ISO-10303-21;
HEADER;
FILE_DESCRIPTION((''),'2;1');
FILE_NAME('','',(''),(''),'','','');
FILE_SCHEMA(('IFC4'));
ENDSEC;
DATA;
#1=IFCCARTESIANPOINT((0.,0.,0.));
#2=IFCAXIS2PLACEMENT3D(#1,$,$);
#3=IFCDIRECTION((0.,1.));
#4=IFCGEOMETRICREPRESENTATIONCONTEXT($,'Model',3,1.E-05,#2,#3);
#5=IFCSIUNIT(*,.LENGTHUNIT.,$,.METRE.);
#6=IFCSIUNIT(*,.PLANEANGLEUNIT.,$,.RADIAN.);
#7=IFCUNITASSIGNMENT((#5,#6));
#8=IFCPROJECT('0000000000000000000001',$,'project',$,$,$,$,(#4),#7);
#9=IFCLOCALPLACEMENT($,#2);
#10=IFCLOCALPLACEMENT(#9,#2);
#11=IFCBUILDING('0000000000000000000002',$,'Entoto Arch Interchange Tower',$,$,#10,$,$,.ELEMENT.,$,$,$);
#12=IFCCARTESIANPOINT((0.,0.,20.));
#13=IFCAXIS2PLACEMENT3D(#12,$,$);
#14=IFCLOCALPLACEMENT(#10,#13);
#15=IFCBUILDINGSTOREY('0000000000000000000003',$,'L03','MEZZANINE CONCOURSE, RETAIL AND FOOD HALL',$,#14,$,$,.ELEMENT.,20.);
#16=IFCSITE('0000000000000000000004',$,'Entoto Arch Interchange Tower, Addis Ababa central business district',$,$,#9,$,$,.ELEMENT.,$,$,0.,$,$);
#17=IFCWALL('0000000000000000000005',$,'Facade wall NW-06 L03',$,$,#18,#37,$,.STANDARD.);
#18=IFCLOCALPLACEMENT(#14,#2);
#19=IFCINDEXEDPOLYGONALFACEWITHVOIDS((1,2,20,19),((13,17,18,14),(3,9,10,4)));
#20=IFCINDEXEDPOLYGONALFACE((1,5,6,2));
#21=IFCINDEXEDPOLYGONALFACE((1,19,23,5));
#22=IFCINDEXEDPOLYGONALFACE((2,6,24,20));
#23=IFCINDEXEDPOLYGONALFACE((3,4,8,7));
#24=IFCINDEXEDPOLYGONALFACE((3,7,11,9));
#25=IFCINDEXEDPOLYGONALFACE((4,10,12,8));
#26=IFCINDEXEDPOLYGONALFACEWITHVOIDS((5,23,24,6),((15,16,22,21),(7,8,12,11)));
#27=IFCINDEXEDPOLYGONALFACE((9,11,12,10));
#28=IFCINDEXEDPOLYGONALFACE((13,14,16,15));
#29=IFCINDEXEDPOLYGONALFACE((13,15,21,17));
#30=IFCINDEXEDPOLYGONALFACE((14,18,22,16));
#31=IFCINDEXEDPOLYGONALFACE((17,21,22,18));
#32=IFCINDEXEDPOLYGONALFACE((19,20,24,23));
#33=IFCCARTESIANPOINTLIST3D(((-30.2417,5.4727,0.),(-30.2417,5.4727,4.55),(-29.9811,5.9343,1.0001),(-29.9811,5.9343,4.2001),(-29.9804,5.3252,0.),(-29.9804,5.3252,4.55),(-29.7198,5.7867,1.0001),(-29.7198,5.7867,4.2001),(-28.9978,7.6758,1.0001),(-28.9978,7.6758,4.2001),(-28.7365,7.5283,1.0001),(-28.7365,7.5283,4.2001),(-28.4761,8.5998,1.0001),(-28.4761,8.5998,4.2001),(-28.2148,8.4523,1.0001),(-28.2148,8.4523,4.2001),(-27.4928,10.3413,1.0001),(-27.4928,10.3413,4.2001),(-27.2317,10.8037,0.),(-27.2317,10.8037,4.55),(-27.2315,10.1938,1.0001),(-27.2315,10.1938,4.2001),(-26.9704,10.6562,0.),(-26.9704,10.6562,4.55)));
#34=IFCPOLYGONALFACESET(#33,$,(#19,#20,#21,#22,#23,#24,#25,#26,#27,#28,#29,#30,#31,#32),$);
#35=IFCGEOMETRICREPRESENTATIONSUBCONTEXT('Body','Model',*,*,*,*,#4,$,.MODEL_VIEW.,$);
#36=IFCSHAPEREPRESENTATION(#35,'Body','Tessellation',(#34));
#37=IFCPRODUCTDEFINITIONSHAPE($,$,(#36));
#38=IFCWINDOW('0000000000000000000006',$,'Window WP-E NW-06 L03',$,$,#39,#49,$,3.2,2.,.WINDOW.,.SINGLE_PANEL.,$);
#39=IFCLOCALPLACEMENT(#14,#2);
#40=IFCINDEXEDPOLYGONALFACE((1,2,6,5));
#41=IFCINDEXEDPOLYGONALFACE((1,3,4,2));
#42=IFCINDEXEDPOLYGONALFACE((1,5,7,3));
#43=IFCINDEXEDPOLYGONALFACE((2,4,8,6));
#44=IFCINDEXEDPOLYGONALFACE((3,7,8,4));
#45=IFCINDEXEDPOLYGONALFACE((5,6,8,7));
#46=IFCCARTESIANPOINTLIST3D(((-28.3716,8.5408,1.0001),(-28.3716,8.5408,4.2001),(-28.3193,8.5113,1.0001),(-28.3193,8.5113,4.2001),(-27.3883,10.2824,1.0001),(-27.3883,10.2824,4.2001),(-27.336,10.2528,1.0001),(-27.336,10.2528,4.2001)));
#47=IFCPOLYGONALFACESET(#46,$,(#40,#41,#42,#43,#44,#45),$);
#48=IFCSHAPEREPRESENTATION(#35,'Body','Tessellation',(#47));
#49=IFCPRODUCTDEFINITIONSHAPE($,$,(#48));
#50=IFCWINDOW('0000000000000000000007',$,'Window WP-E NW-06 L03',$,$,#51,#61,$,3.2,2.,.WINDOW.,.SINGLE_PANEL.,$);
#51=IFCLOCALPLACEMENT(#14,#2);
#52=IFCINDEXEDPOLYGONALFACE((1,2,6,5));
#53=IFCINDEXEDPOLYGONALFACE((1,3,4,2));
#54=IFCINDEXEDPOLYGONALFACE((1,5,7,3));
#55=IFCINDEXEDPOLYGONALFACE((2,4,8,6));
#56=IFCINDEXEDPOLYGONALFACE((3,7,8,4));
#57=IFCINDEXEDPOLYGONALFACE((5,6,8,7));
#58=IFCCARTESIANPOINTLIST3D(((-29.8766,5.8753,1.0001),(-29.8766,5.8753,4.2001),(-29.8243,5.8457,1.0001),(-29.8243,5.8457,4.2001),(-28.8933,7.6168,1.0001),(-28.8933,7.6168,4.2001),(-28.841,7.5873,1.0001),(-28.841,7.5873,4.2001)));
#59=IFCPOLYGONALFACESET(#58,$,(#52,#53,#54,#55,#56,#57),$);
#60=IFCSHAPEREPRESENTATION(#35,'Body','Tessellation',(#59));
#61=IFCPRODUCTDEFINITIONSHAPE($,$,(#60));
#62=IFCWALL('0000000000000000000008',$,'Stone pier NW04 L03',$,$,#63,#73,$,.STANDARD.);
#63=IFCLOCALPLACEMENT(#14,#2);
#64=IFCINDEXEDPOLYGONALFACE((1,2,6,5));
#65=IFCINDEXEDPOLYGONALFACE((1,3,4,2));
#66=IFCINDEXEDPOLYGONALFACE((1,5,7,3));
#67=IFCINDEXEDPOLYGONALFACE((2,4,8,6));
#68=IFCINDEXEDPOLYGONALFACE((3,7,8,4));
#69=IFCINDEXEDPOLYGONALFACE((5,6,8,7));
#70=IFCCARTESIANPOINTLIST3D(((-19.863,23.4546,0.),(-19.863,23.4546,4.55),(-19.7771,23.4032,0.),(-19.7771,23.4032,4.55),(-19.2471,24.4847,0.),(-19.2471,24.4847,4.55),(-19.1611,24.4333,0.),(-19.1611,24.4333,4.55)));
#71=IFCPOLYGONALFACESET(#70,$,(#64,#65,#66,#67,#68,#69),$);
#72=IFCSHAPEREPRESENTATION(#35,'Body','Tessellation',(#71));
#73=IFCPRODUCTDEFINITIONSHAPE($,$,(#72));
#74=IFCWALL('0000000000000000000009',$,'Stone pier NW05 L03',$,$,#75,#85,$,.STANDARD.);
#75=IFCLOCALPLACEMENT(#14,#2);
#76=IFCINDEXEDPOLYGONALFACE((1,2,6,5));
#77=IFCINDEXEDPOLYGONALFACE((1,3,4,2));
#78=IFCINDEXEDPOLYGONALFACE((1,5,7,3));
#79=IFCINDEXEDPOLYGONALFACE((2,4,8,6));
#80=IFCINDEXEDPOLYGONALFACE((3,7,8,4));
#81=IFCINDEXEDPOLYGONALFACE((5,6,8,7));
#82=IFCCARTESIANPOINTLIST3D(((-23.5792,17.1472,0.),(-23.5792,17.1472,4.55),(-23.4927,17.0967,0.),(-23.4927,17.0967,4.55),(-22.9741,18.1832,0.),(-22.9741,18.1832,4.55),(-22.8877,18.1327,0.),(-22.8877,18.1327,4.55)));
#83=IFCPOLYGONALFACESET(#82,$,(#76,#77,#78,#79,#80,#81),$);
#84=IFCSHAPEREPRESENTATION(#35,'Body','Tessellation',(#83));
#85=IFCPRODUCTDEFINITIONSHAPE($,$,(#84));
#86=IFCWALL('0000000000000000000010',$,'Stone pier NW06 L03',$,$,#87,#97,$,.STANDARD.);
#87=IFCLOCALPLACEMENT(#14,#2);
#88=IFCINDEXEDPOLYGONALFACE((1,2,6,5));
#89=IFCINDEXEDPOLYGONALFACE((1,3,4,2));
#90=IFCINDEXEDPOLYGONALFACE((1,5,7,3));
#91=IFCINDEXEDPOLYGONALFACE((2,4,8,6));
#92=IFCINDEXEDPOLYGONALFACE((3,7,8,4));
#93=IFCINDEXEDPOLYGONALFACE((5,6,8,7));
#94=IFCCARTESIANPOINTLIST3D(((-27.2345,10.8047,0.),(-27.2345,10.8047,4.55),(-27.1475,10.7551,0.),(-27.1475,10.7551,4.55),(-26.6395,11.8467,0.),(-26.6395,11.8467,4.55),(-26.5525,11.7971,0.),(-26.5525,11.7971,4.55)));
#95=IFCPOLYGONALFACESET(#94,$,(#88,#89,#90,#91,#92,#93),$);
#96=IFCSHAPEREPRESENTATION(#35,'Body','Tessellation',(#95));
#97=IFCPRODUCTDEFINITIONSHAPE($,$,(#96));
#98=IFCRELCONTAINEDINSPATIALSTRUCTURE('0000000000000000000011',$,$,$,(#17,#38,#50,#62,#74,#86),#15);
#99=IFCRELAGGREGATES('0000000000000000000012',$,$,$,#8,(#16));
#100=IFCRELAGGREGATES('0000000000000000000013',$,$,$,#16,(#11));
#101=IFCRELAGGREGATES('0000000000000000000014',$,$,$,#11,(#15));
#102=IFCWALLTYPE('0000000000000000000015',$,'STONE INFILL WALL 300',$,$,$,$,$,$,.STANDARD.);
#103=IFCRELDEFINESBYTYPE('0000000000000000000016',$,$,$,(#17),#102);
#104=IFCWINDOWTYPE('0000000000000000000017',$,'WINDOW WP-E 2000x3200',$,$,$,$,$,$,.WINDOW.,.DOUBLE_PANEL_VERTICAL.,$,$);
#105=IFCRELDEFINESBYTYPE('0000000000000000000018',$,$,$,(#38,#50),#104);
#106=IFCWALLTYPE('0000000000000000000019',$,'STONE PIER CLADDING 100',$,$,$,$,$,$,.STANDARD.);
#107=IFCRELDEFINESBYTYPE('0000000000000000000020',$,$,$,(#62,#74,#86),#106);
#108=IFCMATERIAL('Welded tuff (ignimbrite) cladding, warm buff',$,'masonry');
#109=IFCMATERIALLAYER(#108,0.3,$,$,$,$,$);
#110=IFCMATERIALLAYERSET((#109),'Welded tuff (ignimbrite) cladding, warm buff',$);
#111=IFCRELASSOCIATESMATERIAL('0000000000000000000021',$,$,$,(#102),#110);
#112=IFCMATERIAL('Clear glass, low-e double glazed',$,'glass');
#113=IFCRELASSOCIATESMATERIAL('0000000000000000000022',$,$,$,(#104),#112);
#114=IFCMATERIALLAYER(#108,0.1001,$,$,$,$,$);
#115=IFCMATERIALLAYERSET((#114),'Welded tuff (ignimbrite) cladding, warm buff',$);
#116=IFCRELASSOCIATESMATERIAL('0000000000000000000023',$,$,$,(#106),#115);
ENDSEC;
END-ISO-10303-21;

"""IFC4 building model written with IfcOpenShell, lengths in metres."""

from ifc_helpers import new_model, si_unit, direction, frame, frame_2d, origin, place, context, subcontext, project, spatial, rectangle, extrude, material, layer, layer_set, type_object, element, fill, save


model = new_model("IFC4")

# Units and contexts
model_context = context("Model", 3, precision=1e-05, world=origin(), true_north=direction((0.0, 1.0)))
body_context = subcontext(model_context, "Body", "Model", "MODEL_VIEW")
ifc_project = project(units=[si_unit("LENGTHUNIT", "METRE"), si_unit("PLANEANGLEUNIT", "RADIAN")], contexts=[model_context])

# Site, building, storey
site_placement = place(None, origin())
site = spatial("IfcSite", under=ifc_project, at=site_placement, Name="Entoto Arch Interchange Tower, Addis Ababa central business district", CompositionType="ELEMENT", RefElevation=0.0)
building_placement = place(site_placement, origin())
building = spatial("IfcBuilding", under=site, at=building_placement, Name="Entoto Arch Interchange Tower", CompositionType="ELEMENT")
storey_placement = place(building_placement, frame((0.0, 0.0, 20.0)))
storey = spatial("IfcBuildingStorey", under=building, at=storey_placement, Name="L03", Description="MEZZANINE CONCOURSE, RETAIL AND FOOD HALL", CompositionType="ELEMENT", Elevation=20.0)

# Wall, openings, windows
ifc_material_1 = material(Name="Welded tuff (ignimbrite) cladding, warm buff", Category="masonry")
ifc_layer_1 = layer(ifc_material_1, 0.3)
ifc_layer_set_1 = layer_set([ifc_layer_1], Name="Welded tuff (ignimbrite) cladding, warm buff")
wall_type_1 = type_object("IfcWallType", Name="STONE INFILL WALL 300", PredefinedType="STANDARD", material=ifc_layer_set_1)
ifc_material_2 = material(Name="Clear glass, low-e double glazed", Category="glass")
window_type = type_object("IfcWindowType", Name="WINDOW WP-E 2000x3200", PartitioningType="DOUBLE_PANEL_VERTICAL", PredefinedType="WINDOW", material=ifc_material_2)
wall_1_placement = place(storey_placement, frame((-27.1011, 10.73, 0.0), z_axis=(0.0, 0.0, 1.0), x_axis=(-0.491662, -0.870786, 0.0)))
wall_1 = element("IfcWall", 1, at=wall_1_placement, inside=storey, type_object=wall_type_1, Name="Facade wall NW-06 L03", PredefinedType="STANDARD", context=body_context, shape_type="SweptSolid", body=[
    extrude(rectangle(XDim=6.1221, YDim=0.3, at=frame_2d((3.061, 0.0))), origin(), (0.0, 0.0, 1.0), 4.55),
])
opening_1_placement = place(wall_1_placement, frame((0.531, 0.0, 1.0)))
opening_1 = element("IfcOpeningElement", 2, at=opening_1_placement, cuts=wall_1, PredefinedType="OPENING", context=body_context, shape_type="SweptSolid", body=[
    extrude(rectangle(XDim=2.0, YDim=3.2, at=frame_2d((1.0, 1.6001))), frame((0.0, 0.1602, 0.0), z_axis=(0.0, -1.0, 0.0), x_axis=(1.0, 0.0, 0.0)), (0.0, 0.0, 1.0), 0.3201),
])
opening_2_placement = place(wall_1_placement, frame((3.592, 0.0, 1.0)))
opening_2 = element("IfcOpeningElement", 3, at=opening_2_placement, cuts=wall_1, PredefinedType="OPENING", context=body_context, shape_type="SweptSolid", body=[
    extrude(rectangle(XDim=2.0, YDim=3.2, at=frame_2d((1.0, 1.6001))), frame((0.0, 0.1602, 0.0), z_axis=(0.0, -1.0, 0.0), x_axis=(1.0, 0.0, 0.0)), (0.0, 0.0, 1.0), 0.3201),
])
window_1_placement = place(opening_1_placement, origin())
window_1 = element("IfcWindow", 4, at=window_1_placement, inside=storey, type_object=window_type, Name="Window WP-E NW-06 L03", OverallHeight=3.2, OverallWidth=2.0, PartitioningType="SINGLE_PANEL", PredefinedType="WINDOW", context=body_context, shape_type="SweptSolid", body=[
    extrude(rectangle(XDim=2.0, YDim=3.2, at=frame_2d((1.0, 1.6001))), frame((0.0, 0.03, 0.0), z_axis=(0.0, -1.0, 0.0), x_axis=(1.0, 0.0, 0.0)), (0.0, 0.0, 1.0), 0.0601),
])
fill(opening_1, window_1)
window_2_placement = place(opening_2_placement, origin())
window_2 = element("IfcWindow", 5, at=window_2_placement, inside=storey, type_object=window_type, Name="Window WP-E NW-06 L03", OverallHeight=3.2, OverallWidth=2.0, PartitioningType="SINGLE_PANEL", PredefinedType="WINDOW", context=body_context, shape_type="SweptSolid", body=[
    extrude(rectangle(XDim=2.0, YDim=3.2, at=frame_2d((1.0, 1.6001))), frame((0.0, 0.03, 0.0), z_axis=(0.0, -1.0, 0.0), x_axis=(1.0, 0.0, 0.0)), (0.0, 0.0, 1.0), 0.0601),
])
fill(opening_2, window_2)

# Walls
ifc_layer_2 = layer(ifc_material_1, 0.1001)
ifc_layer_set_2 = layer_set([ifc_layer_2], Name="Welded tuff (ignimbrite) cladding, warm buff")
wall_type_2 = type_object("IfcWallType", Name="STONE PIER CLADDING 100", PredefinedType="STANDARD", material=ifc_layer_set_2)
wall_2_placement = place(storey_placement, frame((-19.2041, 24.459, 0.0), z_axis=(0.0, 0.0, 1.0), x_axis=(-0.513239, -0.858246, 0.0)))
element("IfcWall", 6, at=wall_2_placement, inside=storey, type_object=wall_type_2, Name="Stone pier NW04 L03", PredefinedType="STANDARD", context=body_context, shape_type="SweptSolid", body=[
    extrude(rectangle(XDim=1.2002, YDim=0.1001, at=frame_2d((0.6001, 0.0))), origin(), (0.0, 0.0, 1.0), 4.55),
])
wall_3_placement = place(storey_placement, frame((-22.9309, 18.158, 0.0), z_axis=(0.0, 0.0, 1.0), x_axis=(-0.504314, -0.86352, 0.0)))
element("IfcWall", 7, at=wall_3_placement, inside=storey, type_object=wall_type_2, Name="Stone pier NW05 L03", PredefinedType="STANDARD", context=body_context, shape_type="SweptSolid", body=[
    extrude(rectangle(XDim=1.1997, YDim=0.1001, at=frame_2d((0.5999, 0.0))), origin(), (0.0, 0.0, 1.0), 4.55),
])
wall_4_placement = place(storey_placement, frame((-26.5959, 11.822, 0.0), z_axis=(0.0, 0.0, 1.0), x_axis=(-0.495854, -0.868406, 0.0)))
element("IfcWall", 8, at=wall_4_placement, inside=storey, type_object=wall_type_2, Name="Stone pier NW06 L03", PredefinedType="STANDARD", context=body_context, shape_type="SweptSolid", body=[
    extrude(rectangle(XDim=1.2, YDim=0.1001, at=frame_2d((0.6001, 0.0))), origin(), (0.0, 0.0, 1.0), 4.55),
])

save(model, "model.ifc")
